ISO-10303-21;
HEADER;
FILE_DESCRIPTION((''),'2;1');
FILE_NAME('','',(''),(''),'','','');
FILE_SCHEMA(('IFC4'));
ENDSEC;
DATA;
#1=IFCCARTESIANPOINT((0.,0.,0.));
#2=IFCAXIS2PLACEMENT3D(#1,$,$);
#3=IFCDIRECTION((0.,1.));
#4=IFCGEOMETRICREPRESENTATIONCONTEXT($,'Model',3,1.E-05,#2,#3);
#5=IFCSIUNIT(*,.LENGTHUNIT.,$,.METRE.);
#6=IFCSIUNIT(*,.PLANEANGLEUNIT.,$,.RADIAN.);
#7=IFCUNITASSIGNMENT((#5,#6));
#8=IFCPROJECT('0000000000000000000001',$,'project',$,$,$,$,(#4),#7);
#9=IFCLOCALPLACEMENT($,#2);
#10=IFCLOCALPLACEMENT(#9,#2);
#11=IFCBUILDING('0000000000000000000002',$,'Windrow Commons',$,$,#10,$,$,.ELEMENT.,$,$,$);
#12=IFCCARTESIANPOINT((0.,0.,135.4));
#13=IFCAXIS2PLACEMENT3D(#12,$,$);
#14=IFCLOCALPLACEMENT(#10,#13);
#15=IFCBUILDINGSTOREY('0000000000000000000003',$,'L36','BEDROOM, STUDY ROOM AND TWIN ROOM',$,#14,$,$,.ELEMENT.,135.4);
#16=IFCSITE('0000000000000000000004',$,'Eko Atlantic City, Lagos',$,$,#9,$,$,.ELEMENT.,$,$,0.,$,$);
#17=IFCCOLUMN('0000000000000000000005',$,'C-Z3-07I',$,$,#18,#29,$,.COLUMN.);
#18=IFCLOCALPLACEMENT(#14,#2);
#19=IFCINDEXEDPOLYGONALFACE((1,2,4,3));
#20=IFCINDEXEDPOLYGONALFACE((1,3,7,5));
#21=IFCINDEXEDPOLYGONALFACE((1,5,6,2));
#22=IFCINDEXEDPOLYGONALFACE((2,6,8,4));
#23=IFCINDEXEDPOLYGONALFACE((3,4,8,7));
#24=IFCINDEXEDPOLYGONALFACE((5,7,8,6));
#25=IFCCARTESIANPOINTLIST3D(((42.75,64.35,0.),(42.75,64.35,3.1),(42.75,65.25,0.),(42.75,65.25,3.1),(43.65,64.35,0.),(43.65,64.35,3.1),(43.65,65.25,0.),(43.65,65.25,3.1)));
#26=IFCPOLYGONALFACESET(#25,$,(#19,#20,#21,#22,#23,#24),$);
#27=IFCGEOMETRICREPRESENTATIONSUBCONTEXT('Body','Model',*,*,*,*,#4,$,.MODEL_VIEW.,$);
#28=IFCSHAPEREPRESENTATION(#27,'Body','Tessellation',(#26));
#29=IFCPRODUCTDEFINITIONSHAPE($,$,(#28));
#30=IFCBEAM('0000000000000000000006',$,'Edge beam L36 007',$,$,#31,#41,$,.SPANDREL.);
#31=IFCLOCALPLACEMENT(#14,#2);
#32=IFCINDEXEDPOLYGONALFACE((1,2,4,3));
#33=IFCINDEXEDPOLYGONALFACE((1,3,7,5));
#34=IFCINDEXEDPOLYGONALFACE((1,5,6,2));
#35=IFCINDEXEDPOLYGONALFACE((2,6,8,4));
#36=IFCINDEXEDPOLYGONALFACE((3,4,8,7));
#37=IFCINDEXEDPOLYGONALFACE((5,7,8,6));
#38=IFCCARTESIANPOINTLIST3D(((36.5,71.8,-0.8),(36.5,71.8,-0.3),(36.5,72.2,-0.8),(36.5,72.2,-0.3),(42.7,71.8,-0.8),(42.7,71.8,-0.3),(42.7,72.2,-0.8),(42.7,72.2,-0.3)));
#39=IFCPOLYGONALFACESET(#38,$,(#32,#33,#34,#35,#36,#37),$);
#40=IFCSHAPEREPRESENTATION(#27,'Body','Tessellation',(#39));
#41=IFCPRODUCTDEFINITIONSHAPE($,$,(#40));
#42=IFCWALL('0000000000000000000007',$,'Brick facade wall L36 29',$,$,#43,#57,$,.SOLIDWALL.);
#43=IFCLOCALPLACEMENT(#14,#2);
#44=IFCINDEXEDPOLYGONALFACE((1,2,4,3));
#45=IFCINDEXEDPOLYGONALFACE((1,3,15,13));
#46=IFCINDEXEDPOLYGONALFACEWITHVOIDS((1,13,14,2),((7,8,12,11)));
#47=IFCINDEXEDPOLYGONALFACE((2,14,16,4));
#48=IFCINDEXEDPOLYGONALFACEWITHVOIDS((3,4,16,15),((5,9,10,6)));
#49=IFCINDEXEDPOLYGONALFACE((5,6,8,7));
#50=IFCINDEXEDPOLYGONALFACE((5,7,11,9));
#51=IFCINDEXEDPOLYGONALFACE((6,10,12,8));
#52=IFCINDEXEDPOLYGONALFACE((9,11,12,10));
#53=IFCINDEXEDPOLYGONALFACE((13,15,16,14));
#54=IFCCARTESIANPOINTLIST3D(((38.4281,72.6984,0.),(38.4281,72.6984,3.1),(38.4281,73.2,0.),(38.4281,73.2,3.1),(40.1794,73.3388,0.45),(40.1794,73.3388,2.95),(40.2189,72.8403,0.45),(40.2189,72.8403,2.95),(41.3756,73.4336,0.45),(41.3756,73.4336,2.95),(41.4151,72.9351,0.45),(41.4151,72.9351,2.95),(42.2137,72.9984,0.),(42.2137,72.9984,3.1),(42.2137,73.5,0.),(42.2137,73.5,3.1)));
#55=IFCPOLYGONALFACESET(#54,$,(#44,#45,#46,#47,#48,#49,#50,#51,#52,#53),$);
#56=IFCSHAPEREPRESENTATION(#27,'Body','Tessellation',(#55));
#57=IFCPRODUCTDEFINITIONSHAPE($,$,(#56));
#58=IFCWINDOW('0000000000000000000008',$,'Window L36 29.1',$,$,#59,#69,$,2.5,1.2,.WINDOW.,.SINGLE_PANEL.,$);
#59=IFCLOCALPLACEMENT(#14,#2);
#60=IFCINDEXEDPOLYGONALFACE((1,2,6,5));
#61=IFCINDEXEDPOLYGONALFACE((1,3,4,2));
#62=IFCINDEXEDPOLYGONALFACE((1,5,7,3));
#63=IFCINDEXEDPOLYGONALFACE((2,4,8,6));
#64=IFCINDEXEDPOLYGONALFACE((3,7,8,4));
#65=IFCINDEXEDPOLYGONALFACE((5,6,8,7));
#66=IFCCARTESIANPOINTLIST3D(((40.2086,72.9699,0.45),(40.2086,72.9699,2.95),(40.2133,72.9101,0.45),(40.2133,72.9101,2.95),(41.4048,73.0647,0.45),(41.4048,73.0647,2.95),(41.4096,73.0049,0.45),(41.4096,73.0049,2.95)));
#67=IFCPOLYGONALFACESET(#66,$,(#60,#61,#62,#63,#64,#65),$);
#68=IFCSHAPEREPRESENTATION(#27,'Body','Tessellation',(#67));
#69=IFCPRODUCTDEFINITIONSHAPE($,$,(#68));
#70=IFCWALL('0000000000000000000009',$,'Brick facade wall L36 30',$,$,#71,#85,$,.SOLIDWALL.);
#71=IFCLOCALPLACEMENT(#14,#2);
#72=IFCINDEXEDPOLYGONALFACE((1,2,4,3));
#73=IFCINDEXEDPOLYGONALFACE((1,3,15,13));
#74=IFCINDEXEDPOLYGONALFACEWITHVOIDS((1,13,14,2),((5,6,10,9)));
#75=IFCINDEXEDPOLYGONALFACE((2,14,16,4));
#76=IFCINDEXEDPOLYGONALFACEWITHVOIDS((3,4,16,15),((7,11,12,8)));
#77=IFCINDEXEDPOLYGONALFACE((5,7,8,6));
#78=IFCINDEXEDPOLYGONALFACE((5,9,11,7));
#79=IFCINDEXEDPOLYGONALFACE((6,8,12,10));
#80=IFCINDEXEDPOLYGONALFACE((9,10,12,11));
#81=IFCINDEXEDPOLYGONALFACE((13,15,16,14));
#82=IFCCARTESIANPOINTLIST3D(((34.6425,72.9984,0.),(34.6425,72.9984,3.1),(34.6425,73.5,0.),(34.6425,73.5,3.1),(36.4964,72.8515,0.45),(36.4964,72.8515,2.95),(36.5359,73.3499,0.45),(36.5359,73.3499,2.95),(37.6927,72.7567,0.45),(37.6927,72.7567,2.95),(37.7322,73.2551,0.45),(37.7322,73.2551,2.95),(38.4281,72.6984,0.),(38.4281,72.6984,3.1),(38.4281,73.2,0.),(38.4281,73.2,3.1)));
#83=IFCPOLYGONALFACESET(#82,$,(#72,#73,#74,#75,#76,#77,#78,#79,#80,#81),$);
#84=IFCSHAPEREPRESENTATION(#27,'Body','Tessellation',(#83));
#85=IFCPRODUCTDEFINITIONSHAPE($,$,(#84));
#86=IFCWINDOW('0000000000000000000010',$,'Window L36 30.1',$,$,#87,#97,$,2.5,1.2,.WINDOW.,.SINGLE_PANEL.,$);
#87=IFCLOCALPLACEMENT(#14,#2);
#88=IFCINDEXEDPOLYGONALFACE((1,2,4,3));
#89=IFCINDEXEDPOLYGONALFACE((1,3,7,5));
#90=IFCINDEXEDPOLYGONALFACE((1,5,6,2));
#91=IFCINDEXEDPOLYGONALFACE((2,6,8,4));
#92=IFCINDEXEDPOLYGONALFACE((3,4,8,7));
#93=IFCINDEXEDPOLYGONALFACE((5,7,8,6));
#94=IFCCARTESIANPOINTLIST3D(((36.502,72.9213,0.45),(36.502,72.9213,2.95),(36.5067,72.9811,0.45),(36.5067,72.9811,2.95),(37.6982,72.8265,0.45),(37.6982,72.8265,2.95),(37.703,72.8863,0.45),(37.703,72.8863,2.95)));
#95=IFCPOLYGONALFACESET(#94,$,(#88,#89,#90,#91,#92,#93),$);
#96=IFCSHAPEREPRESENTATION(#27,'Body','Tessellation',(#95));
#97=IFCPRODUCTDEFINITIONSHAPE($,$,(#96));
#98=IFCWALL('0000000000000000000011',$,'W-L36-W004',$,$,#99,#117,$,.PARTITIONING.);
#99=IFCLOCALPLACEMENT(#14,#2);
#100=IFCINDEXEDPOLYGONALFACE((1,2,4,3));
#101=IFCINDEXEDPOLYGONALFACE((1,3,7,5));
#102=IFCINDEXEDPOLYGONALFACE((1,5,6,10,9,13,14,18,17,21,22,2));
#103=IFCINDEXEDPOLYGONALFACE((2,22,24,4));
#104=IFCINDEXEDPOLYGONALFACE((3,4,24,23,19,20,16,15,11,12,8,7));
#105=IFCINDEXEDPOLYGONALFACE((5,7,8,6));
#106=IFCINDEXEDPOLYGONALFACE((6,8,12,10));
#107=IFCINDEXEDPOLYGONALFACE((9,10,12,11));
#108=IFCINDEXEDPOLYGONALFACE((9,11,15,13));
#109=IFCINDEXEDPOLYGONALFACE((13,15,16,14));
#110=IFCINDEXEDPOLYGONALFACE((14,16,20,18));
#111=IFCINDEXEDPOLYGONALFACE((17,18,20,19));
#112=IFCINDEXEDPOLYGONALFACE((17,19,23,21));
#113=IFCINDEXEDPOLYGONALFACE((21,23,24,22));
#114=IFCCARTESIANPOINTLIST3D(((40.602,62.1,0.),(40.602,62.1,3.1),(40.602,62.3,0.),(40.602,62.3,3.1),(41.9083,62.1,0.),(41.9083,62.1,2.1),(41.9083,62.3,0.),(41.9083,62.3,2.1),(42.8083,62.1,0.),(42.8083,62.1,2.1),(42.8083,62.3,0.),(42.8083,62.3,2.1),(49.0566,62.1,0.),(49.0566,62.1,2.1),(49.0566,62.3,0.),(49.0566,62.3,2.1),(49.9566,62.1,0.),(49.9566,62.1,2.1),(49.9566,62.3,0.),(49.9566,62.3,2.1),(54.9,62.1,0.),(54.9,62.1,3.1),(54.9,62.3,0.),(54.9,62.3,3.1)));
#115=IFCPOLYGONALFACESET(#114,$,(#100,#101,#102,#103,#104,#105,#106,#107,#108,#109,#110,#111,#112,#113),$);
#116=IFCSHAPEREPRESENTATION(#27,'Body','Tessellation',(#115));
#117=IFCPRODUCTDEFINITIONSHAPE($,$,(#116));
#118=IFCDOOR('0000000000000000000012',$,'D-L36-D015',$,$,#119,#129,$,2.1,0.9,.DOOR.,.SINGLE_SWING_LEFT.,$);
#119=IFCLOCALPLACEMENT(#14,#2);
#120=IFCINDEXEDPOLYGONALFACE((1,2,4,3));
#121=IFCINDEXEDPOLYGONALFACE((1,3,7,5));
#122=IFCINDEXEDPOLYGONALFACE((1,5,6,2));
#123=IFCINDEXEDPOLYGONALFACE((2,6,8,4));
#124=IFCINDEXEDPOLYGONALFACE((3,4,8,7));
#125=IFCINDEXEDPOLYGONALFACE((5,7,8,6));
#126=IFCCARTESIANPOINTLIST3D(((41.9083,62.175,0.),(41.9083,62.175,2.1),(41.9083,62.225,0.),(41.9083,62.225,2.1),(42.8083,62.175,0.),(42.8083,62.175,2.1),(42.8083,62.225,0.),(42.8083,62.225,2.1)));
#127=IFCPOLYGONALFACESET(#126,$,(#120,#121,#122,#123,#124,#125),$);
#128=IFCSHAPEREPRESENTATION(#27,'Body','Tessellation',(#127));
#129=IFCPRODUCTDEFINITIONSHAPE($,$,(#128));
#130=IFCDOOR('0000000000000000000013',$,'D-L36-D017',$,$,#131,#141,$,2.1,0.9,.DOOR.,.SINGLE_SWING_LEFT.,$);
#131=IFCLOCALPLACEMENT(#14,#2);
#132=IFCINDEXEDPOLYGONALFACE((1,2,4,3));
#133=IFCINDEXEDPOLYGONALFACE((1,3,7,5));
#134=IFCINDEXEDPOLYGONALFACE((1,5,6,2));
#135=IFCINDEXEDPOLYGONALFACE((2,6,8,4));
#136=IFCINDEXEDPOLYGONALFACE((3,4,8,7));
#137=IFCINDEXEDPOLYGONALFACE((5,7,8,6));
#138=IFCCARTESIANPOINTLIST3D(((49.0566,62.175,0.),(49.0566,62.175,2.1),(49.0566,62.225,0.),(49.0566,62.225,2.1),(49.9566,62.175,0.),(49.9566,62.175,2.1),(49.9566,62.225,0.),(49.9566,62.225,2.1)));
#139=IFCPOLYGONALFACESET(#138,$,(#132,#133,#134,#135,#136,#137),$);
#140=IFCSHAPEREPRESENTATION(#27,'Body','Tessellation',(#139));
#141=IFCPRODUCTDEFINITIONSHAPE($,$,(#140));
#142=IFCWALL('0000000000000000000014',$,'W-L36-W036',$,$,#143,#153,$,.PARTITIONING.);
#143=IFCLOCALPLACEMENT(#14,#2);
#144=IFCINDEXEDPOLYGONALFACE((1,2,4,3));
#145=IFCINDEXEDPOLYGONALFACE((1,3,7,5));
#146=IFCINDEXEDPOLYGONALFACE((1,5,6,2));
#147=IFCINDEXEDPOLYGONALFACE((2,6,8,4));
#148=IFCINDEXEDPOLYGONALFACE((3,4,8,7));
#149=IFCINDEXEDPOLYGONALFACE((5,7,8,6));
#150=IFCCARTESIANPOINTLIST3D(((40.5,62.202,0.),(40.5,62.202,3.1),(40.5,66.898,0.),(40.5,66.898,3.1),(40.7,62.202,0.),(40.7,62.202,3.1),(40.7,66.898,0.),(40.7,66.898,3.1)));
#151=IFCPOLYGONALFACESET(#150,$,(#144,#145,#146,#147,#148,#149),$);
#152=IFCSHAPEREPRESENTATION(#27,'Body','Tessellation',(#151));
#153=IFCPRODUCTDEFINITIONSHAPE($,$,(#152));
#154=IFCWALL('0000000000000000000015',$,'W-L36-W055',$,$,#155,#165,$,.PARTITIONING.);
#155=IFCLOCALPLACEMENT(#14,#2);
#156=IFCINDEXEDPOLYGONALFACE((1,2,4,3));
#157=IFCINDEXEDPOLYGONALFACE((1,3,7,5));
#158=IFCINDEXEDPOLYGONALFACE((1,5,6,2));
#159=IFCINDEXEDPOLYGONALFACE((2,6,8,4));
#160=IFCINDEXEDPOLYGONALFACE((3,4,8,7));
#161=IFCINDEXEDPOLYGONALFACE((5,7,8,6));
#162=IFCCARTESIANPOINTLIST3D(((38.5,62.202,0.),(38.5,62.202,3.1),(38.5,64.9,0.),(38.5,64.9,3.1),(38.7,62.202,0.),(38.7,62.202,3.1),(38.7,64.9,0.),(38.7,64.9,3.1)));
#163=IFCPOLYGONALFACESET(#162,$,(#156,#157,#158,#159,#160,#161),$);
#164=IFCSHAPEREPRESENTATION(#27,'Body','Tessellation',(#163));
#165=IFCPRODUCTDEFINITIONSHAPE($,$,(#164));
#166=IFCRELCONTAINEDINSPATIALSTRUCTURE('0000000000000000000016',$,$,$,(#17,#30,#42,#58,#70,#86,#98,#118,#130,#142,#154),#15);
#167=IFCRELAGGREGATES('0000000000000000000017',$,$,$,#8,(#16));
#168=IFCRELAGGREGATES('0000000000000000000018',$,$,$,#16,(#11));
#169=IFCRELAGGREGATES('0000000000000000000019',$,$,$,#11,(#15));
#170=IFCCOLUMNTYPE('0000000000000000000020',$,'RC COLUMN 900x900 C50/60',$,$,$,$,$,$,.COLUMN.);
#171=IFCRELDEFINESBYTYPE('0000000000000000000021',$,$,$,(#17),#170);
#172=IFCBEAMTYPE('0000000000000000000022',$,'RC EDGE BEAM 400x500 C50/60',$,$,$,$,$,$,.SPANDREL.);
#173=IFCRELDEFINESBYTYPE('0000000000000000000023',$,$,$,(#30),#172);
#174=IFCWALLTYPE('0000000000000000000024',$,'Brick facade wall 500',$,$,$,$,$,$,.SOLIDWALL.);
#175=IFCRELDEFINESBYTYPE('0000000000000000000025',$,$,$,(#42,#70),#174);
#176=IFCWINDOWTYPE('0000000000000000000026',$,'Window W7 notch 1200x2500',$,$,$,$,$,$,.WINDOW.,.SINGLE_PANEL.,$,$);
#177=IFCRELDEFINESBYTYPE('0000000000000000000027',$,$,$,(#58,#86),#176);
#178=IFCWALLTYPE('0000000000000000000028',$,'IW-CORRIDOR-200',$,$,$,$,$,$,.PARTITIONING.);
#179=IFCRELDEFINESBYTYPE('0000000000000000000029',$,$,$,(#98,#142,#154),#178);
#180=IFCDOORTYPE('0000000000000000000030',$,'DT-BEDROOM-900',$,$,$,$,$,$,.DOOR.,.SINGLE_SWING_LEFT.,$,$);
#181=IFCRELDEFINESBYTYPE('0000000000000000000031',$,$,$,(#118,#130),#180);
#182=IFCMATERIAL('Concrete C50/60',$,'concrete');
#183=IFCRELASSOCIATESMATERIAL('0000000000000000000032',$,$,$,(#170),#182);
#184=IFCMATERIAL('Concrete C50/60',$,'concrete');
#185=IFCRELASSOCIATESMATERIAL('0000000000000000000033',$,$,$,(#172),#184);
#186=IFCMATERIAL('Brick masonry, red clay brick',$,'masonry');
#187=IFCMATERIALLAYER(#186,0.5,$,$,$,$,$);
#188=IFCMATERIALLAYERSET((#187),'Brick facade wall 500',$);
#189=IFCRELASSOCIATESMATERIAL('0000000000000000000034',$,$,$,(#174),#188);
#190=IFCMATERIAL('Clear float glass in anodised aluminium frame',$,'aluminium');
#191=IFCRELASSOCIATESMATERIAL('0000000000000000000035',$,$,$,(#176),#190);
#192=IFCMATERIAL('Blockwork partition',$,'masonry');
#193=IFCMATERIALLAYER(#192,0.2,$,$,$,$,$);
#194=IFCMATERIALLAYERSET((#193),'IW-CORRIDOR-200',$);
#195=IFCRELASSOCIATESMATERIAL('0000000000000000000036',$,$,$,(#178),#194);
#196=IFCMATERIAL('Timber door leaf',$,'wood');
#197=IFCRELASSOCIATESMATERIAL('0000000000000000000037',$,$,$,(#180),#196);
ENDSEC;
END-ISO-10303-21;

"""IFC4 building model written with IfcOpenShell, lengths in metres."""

from ifc_helpers import new_model, si_unit, direction, frame, frame_2d, origin, origin_2d, place, context, subcontext, project, spatial, polyline, rectangle, outline, extrude, material, layer, layer_set, material_profile, profile_set, type_object, element, fill, save


model = new_model("IFC4")

# Units and contexts
model_context = context("Model", 3, precision=1e-05, world=origin(), true_north=direction((0.0, 1.0)))
body_context = subcontext(model_context, "Body", "Model", "MODEL_VIEW")
ifc_project = project(units=[si_unit("LENGTHUNIT", "METRE"), si_unit("PLANEANGLEUNIT", "RADIAN")], contexts=[model_context])

# Site, building, storey
site_placement = place(None, origin())
site = spatial("IfcSite", under=ifc_project, at=site_placement, Name="Eko Atlantic City, Lagos", CompositionType="ELEMENT", RefElevation=0.0)
building_placement = place(site_placement, origin())
building = spatial("IfcBuilding", under=site, at=building_placement, Name="Windrow Commons", CompositionType="ELEMENT")
storey_placement = place(building_placement, frame((0.0, 0.0, 135.4)))
storey = spatial("IfcBuildingStorey", under=building, at=storey_placement, Name="L36", Description="BEDROOM, STUDY ROOM AND TWIN ROOM", CompositionType="ELEMENT", Elevation=135.4)

# Column
ifc_material_1 = material(Name="Concrete C50/60", Category="concrete")
ifc_material_profile_1 = material_profile(ifc_material_1, rectangle(XDim=0.9, YDim=0.9, at=origin_2d()))
ifc_profile_set_1 = profile_set([ifc_material_profile_1], Name="Concrete C50/60")
column_type = type_object("IfcColumnType", Name="RC COLUMN 900x900 C50/60", PredefinedType="COLUMN", material=ifc_profile_set_1)
column_placement = place(storey_placement, frame((43.2, 64.8, 0.0), z_axis=(0.0, 0.0, 1.0), x_axis=(1.0, 0.0, 0.0)))
element("IfcColumn", 1, at=column_placement, inside=storey, type_object=column_type, Name="C-Z3-07I", PredefinedType="COLUMN", context=body_context, shape_type="SweptSolid", body=[
    extrude(rectangle(XDim=0.9, YDim=0.9, at=origin_2d()), origin(), (0.0, 0.0, 1.0), 3.1),
])

# Beam
ifc_material_2 = material(Name="Concrete C50/60", Category="concrete")
ifc_material_profile_2 = material_profile(ifc_material_2, rectangle(XDim=0.4, YDim=0.5, at=origin_2d()))
ifc_profile_set_2 = profile_set([ifc_material_profile_2], Name="Concrete C50/60")
beam_type = type_object("IfcBeamType", Name="RC EDGE BEAM 400x500 C50/60", PredefinedType="SPANDREL", material=ifc_profile_set_2)
beam_placement = place(storey_placement, frame((36.5, 72.0, -0.55), z_axis=(1.0, 0.0, 0.0), x_axis=(0.0, 1.0, 0.0)))
element("IfcBeam", 2, at=beam_placement, inside=storey, type_object=beam_type, Name="Edge beam L36 007", PredefinedType="SPANDREL", context=body_context, shape_type="SweptSolid", body=[
    extrude(rectangle(XDim=0.4, YDim=0.5, at=origin_2d()), origin(), (0.0, 0.0, 1.0), 6.2),
])

# Walls, openings, windows
ifc_material_3 = material(Name="Brick masonry, red clay brick", Category="masonry")
ifc_layer_1 = layer(ifc_material_3, 0.5)
ifc_layer_set_1 = layer_set([ifc_layer_1], Name="Brick facade wall 500")
wall_type_1 = type_object("IfcWallType", Name="Brick facade wall 500", PredefinedType="SOLIDWALL", material=ifc_layer_set_1)
wall_1_placement = place(storey_placement, frame((42.2137, 73.2492, 0.0), z_axis=(0.0, 0.0, 1.0), x_axis=(-0.996875, -0.079, 0.0)))
wall_1 = element("IfcWall", 3, at=wall_1_placement, inside=storey, type_object=wall_type_1, Name="Brick facade wall L36 29", PredefinedType="SOLIDWALL", context=body_context, shape_type="SweptSolid", body=[
    extrude(outline(polyline([(-0.0198, -0.25), (3.7777, -0.25), (3.8173, 0.25), (0.0198, 0.25), (-0.0198, -0.25)])), origin(), (0.0, 0.0, 1.0), 3.1),
])
opening_1_placement = place(wall_1_placement, frame((0.8209, 0.0, 0.45)))
opening_1 = element("IfcOpeningElement", 4, at=opening_1_placement, cuts=wall_1, PredefinedType="OPENING", context=body_context, shape_type="SweptSolid", body=[
    extrude(rectangle(XDim=1.2, YDim=2.5, at=frame_2d((0.6, 1.25))), frame((0.0, 0.26, 0.0), z_axis=(0.0, -1.0, 0.0), x_axis=(1.0, 0.0, 0.0)), (0.0, 0.0, 1.0), 0.52),
])
ifc_material_4 = material(Name="Clear float glass in anodised aluminium frame", Category="aluminium")
window_type = type_object("IfcWindowType", Name="Window W7 notch 1200x2500", PartitioningType="SINGLE_PANEL", PredefinedType="WINDOW", material=ifc_material_4)
window_1_placement = place(opening_1_placement, origin())
window_1 = element("IfcWindow", 5, at=window_1_placement, inside=storey, type_object=window_type, Name="Window L36 29.1", OverallHeight=2.5, OverallWidth=1.2, PartitioningType="SINGLE_PANEL", PredefinedType="WINDOW", context=body_context, shape_type="SweptSolid", body=[
    extrude(rectangle(XDim=1.2, YDim=2.5, at=frame_2d((0.6, 1.25))), frame((0.0, 0.18, 0.0), z_axis=(0.0, -1.0, 0.0), x_axis=(1.0, 0.0, 0.0)), (0.0, 0.0, 1.0), 0.06),
])
fill(opening_1, window_1)
wall_2_placement = place(storey_placement, frame((38.4281, 72.9492, 0.0), z_axis=(0.0, 0.0, 1.0), x_axis=(-0.996875, 0.079, 0.0)))
wall_2 = element("IfcWall", 6, at=wall_2_placement, inside=storey, type_object=wall_type_1, Name="Brick facade wall L36 30", PredefinedType="SOLIDWALL", context=body_context, shape_type="SweptSolid", body=[
    extrude(outline(polyline([(0.0198, -0.25), (3.8173, -0.25), (3.7777, 0.25), (-0.0198, 0.25), (0.0198, -0.25)])), origin(), (0.0, 0.0, 1.0), 3.1),
])
opening_2_placement = place(wall_2_placement, frame((0.7179, 0.0, 0.45)))
opening_2 = element("IfcOpeningElement", 7, at=opening_2_placement, cuts=wall_2, PredefinedType="OPENING", context=body_context, shape_type="SweptSolid", body=[
    extrude(rectangle(XDim=1.2, YDim=2.5, at=frame_2d((0.6, 1.25))), frame((0.0, 0.26, 0.0), z_axis=(0.0, -1.0, 0.0), x_axis=(1.0, 0.0, 0.0)), (0.0, 0.0, 1.0), 0.52),
])
window_2_placement = place(opening_2_placement, origin())
window_2 = element("IfcWindow", 8, at=window_2_placement, inside=storey, type_object=window_type, Name="Window L36 30.1", OverallHeight=2.5, OverallWidth=1.2, PartitioningType="SINGLE_PANEL", PredefinedType="WINDOW", context=body_context, shape_type="SweptSolid", body=[
    extrude(rectangle(XDim=1.2, YDim=2.5, at=frame_2d((0.6, 1.25))), frame((0.0, 0.18, 0.0), z_axis=(0.0, -1.0, 0.0), x_axis=(1.0, 0.0, 0.0)), (0.0, 0.0, 1.0), 0.06),
])
fill(opening_2, window_2)

# Wall, openings, doors
ifc_material_5 = material(Name="Blockwork partition", Category="masonry")
ifc_layer_2 = layer(ifc_material_5, 0.2)
ifc_layer_set_2 = layer_set([ifc_layer_2], Name="IW-CORRIDOR-200")
wall_type_2 = type_object("IfcWallType", Name="IW-CORRIDOR-200", PredefinedType="PARTITIONING", material=ifc_layer_set_2)
wall_3_placement = place(storey_placement, frame((40.602, 62.2, 0.0), z_axis=(0.0, 0.0, 1.0), x_axis=(1.0, 0.0, 0.0)))
wall_3 = element("IfcWall", 9, at=wall_3_placement, inside=storey, type_object=wall_type_2, Name="W-L36-W004", PredefinedType="PARTITIONING", context=body_context, shape_type="SweptSolid", body=[
    extrude(rectangle(XDim=14.298, YDim=0.2, at=frame_2d((7.149, 0.0))), origin(), (0.0, 0.0, 1.0), 3.1),
])
opening_3_placement = place(wall_3_placement, frame((1.3063, 0.0, 0.0)))
opening_3 = element("IfcOpeningElement", 10, at=opening_3_placement, cuts=wall_3, PredefinedType="OPENING", context=body_context, shape_type="SweptSolid", body=[
    extrude(rectangle(XDim=0.9, YDim=2.1, at=frame_2d((0.45, 1.05))), frame((0.0, 0.11, 0.0), z_axis=(0.0, -1.0, 0.0), x_axis=(1.0, 0.0, 0.0)), (0.0, 0.0, 1.0), 0.22),
])
opening_4_placement = place(wall_3_placement, frame((8.4546, 0.0, 0.0)))
opening_4 = element("IfcOpeningElement", 11, at=opening_4_placement, cuts=wall_3, PredefinedType="OPENING", context=body_context, shape_type="SweptSolid", body=[
    extrude(rectangle(XDim=0.9, YDim=2.1, at=frame_2d((0.45, 1.05))), frame((0.0, 0.11, 0.0), z_axis=(0.0, -1.0, 0.0), x_axis=(1.0, 0.0, 0.0)), (0.0, 0.0, 1.0), 0.22),
])
ifc_material_6 = material(Name="Timber door leaf", Category="wood")
door_type_1 = type_object("IfcDoorType", Name="DT-BEDROOM-900", OperationType="SINGLE_SWING_LEFT", PredefinedType="DOOR", material=ifc_material_6)
door_1_placement = place(opening_3_placement, origin())
door_1 = element("IfcDoor", 12, at=door_1_placement, inside=storey, type_object=door_type_1, Name="D-L36-D015", OperationType="SINGLE_SWING_LEFT", OverallHeight=2.1, OverallWidth=0.9, PredefinedType="DOOR", context=body_context, shape_type="SweptSolid", body=[
    extrude(rectangle(XDim=0.9, YDim=2.1, at=frame_2d((0.45, 1.05))), frame((0.0, 0.025, 0.0), z_axis=(0.0, -1.0, 0.0), x_axis=(1.0, 0.0, 0.0)), (0.0, 0.0, 1.0), 0.05),
])
fill(opening_3, door_1)
door_2_placement = place(opening_4_placement, origin())
door_2 = element("IfcDoor", 13, at=door_2_placement, inside=storey, type_object=door_type_1, Name="D-L36-D017", OperationType="SINGLE_SWING_LEFT", OverallHeight=2.1, OverallWidth=0.9, PredefinedType="DOOR", context=body_context, shape_type="SweptSolid", body=[
    extrude(rectangle(XDim=0.9, YDim=2.1, at=frame_2d((0.45, 1.05))), frame((0.0, 0.025, 0.0), z_axis=(0.0, -1.0, 0.0), x_axis=(1.0, 0.0, 0.0)), (0.0, 0.0, 1.0), 0.05),
])
fill(opening_4, door_2)

# Walls
wall_4_placement = place(storey_placement, frame((40.6, 62.202, 0.0), z_axis=(0.0, 0.0, 1.0), x_axis=(0.0, 1.0, 0.0)))
element("IfcWall", 14, at=wall_4_placement, inside=storey, type_object=wall_type_2, Name="W-L36-W036", PredefinedType="PARTITIONING", context=body_context, shape_type="SweptSolid", body=[
    extrude(rectangle(XDim=4.696, YDim=0.2, at=frame_2d((2.348, 0.0))), origin(), (0.0, 0.0, 1.0), 3.1),
])
wall_5_placement = place(storey_placement, frame((38.6, 62.202, 0.0), z_axis=(0.0, 0.0, 1.0), x_axis=(0.0, 1.0, 0.0)))
element("IfcWall", 15, at=wall_5_placement, inside=storey, type_object=wall_type_2, Name="W-L36-W055", PredefinedType="PARTITIONING", context=body_context, shape_type="SweptSolid", body=[
    extrude(rectangle(XDim=2.698, YDim=0.2, at=frame_2d((1.349, 0.0))), origin(), (0.0, 0.0, 1.0), 3.1),
])

save(model, "model.ifc")
